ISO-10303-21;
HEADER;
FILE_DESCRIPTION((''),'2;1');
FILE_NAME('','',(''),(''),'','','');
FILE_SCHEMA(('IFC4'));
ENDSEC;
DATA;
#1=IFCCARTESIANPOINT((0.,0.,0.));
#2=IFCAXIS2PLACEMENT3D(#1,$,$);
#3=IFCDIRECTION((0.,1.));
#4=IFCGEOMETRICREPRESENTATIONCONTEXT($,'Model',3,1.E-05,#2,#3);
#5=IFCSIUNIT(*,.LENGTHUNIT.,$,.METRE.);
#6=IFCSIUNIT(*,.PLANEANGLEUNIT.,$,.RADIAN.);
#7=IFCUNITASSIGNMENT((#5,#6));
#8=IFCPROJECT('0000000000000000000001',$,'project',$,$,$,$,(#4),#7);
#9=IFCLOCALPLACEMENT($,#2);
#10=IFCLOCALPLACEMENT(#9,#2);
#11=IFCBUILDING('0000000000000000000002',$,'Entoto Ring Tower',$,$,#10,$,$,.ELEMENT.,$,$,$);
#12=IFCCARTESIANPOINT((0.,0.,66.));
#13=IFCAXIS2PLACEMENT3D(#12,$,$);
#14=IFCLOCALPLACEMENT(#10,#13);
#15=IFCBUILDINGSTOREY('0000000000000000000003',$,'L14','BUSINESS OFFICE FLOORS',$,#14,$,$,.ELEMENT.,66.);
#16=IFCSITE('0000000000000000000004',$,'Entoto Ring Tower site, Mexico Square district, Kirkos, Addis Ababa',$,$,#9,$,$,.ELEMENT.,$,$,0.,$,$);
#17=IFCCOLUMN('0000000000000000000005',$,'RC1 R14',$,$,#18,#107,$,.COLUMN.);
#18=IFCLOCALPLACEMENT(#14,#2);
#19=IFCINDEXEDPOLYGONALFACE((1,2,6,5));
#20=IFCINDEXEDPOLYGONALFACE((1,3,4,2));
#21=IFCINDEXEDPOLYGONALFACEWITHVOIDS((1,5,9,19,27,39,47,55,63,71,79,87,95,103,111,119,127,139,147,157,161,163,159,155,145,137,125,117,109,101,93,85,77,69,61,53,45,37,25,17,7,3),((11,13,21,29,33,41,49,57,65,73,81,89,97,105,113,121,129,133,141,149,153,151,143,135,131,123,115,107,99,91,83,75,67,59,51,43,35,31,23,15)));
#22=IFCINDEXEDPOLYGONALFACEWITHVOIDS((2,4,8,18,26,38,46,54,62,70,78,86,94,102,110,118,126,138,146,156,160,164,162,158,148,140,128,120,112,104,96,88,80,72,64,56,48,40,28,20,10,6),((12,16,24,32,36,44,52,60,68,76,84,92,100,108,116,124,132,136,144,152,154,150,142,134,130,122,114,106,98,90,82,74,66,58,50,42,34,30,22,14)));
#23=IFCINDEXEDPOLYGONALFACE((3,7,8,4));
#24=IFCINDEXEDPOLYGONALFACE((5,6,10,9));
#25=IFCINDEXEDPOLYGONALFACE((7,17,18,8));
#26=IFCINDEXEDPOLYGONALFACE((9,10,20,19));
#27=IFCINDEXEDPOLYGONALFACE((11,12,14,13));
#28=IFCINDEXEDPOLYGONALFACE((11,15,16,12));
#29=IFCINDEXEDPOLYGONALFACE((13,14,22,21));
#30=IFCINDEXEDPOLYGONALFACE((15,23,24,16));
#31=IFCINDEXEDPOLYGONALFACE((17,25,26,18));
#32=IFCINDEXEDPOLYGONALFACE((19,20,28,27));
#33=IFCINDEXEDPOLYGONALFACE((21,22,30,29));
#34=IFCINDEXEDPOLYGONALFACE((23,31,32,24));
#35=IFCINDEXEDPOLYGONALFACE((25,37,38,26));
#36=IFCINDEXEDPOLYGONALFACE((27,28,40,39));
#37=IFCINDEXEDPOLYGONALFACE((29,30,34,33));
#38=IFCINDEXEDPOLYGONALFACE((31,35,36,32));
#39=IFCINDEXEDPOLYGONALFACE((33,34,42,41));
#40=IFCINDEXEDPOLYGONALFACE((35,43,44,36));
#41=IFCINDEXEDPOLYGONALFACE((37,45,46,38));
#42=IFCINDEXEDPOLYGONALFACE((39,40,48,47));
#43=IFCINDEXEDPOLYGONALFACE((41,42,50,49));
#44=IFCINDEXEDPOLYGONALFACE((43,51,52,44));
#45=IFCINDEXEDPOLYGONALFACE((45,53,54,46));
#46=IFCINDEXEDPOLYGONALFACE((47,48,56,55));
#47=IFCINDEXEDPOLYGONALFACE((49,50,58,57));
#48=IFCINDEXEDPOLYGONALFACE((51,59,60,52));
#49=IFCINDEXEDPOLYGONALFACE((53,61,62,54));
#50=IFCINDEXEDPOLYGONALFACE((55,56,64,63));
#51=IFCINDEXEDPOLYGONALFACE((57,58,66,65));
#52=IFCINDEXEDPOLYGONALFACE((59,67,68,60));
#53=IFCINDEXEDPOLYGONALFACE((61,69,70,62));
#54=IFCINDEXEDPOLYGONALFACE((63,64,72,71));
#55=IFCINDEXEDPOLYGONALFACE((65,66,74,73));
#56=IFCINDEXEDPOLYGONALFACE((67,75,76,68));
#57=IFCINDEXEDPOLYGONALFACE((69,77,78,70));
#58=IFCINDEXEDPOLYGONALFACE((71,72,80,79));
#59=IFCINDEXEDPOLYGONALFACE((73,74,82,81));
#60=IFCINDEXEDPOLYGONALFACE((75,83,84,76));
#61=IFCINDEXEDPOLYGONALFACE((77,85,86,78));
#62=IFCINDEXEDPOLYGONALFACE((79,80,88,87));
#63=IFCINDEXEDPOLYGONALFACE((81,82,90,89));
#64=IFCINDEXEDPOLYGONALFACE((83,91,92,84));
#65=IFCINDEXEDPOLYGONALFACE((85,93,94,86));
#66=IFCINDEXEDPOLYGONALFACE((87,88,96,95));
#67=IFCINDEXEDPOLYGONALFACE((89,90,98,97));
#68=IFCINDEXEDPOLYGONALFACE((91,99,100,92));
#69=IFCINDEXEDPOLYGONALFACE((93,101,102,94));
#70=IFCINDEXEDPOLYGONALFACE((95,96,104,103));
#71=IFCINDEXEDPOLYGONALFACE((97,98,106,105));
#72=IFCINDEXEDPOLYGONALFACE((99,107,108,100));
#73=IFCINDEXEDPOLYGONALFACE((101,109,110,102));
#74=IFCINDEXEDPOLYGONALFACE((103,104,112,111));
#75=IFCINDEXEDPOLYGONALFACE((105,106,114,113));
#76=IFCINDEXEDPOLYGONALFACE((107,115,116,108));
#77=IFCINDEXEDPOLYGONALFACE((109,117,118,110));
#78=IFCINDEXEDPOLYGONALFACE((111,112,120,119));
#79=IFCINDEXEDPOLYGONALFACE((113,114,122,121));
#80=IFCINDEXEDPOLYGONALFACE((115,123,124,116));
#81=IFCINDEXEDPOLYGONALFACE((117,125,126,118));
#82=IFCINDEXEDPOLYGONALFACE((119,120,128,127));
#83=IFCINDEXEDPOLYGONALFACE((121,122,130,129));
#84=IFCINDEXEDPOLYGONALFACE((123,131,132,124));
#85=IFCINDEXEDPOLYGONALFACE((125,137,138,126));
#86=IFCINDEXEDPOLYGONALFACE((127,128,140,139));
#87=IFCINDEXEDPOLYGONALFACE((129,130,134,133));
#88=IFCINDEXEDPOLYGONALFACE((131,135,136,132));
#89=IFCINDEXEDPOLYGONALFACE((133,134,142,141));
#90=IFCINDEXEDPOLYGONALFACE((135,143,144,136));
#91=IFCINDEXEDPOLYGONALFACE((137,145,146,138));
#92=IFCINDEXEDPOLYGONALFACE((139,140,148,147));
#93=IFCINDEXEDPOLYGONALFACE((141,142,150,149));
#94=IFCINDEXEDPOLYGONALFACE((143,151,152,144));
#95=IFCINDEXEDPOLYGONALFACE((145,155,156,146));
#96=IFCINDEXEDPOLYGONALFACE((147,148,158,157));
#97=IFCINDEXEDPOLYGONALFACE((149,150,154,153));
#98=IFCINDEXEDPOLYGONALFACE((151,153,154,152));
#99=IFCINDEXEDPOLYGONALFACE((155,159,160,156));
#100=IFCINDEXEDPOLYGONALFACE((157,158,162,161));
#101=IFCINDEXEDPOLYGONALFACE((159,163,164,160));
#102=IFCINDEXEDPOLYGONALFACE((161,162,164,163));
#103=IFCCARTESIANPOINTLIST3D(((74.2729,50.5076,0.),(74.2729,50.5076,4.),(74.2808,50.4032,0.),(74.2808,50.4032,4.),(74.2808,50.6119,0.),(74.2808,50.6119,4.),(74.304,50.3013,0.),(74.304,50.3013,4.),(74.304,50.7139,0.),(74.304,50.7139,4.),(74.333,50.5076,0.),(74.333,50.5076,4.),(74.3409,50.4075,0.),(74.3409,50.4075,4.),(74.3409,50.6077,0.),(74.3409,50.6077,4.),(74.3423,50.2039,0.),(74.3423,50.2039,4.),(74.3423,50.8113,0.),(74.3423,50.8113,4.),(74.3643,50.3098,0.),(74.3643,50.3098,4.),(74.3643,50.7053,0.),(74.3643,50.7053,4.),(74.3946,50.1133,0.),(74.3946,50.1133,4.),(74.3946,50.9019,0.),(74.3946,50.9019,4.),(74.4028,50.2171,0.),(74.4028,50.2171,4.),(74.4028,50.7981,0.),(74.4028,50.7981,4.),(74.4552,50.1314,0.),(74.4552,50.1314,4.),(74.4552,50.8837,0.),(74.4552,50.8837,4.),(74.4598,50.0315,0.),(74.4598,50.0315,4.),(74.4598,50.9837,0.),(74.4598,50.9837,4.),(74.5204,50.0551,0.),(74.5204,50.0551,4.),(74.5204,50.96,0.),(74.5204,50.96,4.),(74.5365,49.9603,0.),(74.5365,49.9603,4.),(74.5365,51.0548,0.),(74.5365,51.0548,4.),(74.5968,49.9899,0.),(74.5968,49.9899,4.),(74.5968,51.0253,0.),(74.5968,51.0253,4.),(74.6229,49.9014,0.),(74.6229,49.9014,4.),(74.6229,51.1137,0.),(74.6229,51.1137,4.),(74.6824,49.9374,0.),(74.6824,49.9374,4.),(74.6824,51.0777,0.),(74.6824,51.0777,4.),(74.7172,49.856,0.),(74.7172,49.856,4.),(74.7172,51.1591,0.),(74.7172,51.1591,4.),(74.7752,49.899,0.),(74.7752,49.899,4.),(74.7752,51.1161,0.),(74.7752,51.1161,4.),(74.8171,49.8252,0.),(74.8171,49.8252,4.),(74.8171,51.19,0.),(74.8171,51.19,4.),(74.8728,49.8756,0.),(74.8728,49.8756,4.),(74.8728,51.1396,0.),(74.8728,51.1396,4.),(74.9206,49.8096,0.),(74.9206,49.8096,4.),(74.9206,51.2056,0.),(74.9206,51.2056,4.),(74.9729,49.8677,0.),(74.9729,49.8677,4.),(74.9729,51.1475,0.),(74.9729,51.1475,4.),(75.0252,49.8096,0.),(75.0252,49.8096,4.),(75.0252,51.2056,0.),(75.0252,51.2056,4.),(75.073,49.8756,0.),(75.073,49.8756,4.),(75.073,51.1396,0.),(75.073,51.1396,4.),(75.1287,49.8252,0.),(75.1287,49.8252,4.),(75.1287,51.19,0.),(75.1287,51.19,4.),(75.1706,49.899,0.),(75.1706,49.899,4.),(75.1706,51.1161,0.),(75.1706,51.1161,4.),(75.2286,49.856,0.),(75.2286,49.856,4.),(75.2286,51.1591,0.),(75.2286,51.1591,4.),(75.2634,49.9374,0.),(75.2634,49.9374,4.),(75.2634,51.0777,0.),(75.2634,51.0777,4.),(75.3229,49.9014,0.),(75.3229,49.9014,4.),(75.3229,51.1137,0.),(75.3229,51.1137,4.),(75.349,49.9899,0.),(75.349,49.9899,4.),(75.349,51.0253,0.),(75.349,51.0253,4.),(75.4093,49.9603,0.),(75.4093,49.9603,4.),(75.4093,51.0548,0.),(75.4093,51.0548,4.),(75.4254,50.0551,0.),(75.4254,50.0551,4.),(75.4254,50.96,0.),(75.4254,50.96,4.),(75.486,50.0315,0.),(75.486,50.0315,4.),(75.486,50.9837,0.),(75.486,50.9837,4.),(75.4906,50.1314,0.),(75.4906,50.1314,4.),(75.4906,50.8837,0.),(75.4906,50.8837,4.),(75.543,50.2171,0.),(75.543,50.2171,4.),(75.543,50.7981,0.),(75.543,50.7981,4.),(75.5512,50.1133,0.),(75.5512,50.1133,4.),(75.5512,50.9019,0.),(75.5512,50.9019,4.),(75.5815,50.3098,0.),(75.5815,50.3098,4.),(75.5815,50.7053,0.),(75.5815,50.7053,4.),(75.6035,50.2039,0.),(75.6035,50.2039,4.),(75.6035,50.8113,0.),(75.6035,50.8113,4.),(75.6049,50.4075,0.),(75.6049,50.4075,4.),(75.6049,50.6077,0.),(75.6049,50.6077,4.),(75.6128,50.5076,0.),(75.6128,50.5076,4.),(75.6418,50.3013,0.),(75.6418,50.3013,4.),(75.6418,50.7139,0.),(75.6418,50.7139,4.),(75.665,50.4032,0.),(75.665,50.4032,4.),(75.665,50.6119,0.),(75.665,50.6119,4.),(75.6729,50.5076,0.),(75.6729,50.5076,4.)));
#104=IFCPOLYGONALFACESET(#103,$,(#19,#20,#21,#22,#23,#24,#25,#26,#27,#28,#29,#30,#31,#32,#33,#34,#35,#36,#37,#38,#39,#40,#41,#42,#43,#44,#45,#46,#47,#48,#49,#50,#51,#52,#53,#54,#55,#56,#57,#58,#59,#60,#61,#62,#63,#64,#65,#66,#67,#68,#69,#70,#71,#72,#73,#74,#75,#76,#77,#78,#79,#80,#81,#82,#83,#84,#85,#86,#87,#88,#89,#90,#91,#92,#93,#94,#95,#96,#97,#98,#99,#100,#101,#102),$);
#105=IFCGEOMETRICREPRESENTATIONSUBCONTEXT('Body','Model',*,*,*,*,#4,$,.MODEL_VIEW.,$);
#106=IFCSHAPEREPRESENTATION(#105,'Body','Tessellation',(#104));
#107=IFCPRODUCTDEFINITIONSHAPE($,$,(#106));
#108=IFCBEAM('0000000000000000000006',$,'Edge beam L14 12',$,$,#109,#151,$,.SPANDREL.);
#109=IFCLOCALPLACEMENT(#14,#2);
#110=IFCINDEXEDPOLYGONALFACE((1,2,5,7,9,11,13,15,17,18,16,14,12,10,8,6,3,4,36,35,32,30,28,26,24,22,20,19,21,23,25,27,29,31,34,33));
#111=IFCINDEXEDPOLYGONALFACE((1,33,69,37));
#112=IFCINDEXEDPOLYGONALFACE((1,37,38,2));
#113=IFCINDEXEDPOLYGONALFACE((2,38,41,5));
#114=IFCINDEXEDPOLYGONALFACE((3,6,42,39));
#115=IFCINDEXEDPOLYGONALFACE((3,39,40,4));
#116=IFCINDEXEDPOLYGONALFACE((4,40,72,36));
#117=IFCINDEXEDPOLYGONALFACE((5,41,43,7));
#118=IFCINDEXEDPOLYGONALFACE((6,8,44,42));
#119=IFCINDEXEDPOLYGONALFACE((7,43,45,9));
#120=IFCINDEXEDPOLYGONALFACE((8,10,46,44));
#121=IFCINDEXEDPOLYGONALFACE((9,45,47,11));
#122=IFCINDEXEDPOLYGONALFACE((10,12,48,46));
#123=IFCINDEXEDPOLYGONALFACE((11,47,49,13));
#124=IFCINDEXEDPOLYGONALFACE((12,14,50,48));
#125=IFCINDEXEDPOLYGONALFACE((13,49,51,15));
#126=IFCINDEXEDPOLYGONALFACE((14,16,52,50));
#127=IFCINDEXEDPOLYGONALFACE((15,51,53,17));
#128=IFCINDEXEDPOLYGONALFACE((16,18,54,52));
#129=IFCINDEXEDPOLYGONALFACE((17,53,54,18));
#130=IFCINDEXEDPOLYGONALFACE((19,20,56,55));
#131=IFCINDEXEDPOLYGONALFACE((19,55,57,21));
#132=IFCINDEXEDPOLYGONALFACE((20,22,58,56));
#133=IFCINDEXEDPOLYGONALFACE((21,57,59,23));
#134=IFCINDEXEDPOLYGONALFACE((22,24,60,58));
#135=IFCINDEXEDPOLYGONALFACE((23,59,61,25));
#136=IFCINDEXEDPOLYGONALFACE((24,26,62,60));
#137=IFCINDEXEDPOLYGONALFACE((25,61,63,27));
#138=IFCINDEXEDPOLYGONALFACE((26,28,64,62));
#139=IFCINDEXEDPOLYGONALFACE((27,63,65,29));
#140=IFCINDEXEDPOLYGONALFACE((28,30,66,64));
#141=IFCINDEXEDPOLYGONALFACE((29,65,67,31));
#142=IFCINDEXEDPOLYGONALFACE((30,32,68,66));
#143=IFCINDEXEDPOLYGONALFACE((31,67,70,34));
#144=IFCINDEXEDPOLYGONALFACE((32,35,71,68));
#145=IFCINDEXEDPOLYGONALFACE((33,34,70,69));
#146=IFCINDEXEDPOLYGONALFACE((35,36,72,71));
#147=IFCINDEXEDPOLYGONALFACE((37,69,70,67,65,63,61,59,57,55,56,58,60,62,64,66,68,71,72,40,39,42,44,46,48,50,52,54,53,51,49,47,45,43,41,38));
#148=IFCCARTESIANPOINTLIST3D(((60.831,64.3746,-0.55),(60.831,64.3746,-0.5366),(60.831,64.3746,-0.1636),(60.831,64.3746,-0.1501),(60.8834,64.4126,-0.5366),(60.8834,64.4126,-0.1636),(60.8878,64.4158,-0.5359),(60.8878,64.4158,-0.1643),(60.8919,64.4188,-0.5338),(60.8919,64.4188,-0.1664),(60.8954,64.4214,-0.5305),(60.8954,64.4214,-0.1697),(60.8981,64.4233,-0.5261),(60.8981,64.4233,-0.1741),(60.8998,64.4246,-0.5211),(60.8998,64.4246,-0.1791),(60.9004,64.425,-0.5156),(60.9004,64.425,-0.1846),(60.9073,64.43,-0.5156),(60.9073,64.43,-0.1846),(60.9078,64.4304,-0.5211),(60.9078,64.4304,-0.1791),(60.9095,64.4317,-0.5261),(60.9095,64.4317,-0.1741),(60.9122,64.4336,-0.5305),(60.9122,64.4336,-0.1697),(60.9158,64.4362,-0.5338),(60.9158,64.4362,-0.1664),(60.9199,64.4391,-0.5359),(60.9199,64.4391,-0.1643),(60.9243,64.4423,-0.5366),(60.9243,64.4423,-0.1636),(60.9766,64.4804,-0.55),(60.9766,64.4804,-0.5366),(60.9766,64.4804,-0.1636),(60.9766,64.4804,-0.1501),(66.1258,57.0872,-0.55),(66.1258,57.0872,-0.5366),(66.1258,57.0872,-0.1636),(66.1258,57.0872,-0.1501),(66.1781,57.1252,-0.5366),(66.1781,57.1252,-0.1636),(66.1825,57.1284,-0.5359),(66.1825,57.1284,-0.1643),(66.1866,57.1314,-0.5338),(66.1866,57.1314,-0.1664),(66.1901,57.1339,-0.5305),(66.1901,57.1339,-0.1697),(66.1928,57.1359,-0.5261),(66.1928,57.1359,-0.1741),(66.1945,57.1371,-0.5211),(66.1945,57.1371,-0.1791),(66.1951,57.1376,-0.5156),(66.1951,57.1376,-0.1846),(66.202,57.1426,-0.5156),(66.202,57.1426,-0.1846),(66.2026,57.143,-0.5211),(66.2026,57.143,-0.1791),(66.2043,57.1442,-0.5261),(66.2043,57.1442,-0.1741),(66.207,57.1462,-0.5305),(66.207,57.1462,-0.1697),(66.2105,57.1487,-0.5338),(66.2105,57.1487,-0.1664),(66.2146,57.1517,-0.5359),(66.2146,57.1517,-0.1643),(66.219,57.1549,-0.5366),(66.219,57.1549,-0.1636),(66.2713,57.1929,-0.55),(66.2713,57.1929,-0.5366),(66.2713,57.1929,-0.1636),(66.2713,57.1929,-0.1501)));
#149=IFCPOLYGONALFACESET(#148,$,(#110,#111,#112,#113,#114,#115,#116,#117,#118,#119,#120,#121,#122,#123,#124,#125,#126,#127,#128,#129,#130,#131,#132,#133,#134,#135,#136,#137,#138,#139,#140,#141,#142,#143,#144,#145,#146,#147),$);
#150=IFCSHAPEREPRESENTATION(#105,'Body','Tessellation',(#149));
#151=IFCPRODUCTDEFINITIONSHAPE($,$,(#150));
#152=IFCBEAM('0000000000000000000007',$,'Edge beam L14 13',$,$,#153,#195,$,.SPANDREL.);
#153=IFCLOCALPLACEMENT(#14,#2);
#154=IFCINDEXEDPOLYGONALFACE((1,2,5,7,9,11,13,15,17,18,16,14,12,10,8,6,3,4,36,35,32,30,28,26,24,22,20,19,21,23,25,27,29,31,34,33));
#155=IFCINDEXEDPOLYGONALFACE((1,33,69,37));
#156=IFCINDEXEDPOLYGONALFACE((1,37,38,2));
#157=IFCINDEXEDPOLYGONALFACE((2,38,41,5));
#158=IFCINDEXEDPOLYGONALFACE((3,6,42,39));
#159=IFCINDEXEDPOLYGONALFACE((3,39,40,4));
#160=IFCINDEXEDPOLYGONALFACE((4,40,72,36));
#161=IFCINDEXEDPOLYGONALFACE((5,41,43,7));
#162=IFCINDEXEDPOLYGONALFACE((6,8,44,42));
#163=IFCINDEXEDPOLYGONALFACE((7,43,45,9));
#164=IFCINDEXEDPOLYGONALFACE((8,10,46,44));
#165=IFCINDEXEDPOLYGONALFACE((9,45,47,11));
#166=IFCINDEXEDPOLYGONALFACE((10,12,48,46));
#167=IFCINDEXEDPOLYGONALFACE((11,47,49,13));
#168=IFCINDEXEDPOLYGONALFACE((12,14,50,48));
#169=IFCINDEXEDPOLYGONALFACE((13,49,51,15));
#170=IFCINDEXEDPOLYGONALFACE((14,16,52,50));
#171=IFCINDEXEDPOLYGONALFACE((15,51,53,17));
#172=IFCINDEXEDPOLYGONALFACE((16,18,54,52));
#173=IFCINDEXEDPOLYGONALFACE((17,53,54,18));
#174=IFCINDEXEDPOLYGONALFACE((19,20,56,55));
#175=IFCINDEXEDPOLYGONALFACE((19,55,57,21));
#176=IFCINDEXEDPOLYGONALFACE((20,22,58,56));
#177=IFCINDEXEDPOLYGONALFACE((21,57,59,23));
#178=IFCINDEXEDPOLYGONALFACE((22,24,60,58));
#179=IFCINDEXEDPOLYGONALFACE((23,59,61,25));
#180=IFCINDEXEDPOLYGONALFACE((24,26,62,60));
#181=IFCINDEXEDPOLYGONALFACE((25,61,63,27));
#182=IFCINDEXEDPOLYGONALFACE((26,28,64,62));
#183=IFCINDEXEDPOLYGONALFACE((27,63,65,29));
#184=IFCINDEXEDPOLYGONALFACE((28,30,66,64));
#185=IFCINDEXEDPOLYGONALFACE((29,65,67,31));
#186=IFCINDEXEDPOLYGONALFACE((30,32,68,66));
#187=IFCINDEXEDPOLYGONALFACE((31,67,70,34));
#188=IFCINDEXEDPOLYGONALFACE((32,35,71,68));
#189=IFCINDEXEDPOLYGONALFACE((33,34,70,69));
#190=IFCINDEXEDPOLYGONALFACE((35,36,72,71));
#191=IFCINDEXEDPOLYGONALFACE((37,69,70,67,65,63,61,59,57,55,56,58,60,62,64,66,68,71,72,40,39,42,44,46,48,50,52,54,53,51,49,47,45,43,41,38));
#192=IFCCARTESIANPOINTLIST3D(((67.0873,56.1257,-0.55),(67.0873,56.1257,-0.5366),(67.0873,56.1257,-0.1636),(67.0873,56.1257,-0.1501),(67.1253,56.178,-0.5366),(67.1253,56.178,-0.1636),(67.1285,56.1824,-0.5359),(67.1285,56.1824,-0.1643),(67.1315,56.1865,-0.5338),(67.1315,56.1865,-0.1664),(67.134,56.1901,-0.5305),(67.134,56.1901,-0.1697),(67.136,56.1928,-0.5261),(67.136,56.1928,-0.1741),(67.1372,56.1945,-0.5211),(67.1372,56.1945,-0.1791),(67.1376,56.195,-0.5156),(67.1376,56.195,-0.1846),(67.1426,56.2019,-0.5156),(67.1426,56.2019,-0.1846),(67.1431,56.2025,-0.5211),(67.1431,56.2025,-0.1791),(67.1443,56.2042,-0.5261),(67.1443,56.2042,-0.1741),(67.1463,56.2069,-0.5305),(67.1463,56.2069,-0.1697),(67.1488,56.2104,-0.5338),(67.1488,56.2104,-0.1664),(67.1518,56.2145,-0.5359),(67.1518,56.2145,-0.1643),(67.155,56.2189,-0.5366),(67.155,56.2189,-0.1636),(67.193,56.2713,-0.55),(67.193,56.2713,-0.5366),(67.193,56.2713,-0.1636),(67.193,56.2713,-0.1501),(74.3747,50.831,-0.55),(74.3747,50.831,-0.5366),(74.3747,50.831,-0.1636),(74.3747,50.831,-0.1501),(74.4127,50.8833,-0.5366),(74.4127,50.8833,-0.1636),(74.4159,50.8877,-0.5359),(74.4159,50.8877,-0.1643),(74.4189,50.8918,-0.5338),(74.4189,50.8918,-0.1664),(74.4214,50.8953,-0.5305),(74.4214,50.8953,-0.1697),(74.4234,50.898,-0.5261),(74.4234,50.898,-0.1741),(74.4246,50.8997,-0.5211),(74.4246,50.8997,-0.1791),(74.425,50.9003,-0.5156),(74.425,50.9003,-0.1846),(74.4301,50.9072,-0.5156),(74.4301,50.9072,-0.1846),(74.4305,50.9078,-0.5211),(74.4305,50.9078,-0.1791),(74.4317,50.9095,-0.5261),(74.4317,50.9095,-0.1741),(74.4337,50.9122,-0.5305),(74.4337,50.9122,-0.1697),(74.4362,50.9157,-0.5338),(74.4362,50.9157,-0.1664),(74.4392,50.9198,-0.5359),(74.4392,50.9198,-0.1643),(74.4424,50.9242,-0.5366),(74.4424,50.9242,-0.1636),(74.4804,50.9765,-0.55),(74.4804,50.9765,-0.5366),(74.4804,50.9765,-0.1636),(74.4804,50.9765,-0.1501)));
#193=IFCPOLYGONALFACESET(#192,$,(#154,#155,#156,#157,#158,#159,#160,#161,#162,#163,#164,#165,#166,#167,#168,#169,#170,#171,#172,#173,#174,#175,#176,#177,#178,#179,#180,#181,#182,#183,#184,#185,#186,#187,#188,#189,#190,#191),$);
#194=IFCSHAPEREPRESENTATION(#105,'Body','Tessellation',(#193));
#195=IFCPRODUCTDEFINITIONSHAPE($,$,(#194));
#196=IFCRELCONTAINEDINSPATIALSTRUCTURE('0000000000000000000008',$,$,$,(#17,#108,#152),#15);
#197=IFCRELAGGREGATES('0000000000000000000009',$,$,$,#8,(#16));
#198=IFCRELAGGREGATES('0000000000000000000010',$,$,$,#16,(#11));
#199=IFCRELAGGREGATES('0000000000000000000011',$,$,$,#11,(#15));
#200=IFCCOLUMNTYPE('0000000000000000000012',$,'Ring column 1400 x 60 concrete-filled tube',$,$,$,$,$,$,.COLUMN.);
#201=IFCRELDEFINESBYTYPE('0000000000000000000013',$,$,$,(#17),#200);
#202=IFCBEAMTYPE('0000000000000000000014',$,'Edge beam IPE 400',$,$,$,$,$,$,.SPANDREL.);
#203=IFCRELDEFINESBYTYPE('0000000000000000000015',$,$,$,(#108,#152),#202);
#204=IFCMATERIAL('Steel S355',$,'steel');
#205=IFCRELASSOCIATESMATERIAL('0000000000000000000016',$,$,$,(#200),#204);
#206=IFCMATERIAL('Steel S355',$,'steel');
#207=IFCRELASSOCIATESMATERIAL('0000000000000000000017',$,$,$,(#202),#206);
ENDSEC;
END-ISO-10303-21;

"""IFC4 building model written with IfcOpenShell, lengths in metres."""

from ifc_helpers import new_model, si_unit, direction, frame, origin, origin_2d, place, context, subcontext, project, spatial, circle, hollow_circle, i_section, extrude, material, material_profile, profile_set, type_object, element, save


model = new_model("IFC4")

# Units and contexts
model_context = context("Model", 3, precision=1e-05, world=origin(), true_north=direction((0.0, 1.0)))
body_context = subcontext(model_context, "Body", "Model", "MODEL_VIEW")
ifc_project = project(units=[si_unit("LENGTHUNIT", "METRE"), si_unit("PLANEANGLEUNIT", "RADIAN")], contexts=[model_context])

# Site, building, storey
site_placement = place(None, origin())
site = spatial("IfcSite", under=ifc_project, at=site_placement, Name="Entoto Ring Tower site, Mexico Square district, Kirkos, Addis Ababa", CompositionType="ELEMENT", RefElevation=0.0)
building_placement = place(site_placement, origin())
building = spatial("IfcBuilding", under=site, at=building_placement, Name="Entoto Ring Tower", CompositionType="ELEMENT")
storey_placement = place(building_placement, frame((0.0, 0.0, 66.0)))
storey = spatial("IfcBuildingStorey", under=building, at=storey_placement, Name="L14", Description="BUSINESS OFFICE FLOORS", CompositionType="ELEMENT", Elevation=66.0)

# Column
ifc_material_1 = material(Name="Steel S355", Category="steel")
ifc_material_profile_1 = material_profile(ifc_material_1, hollow_circle(Radius=0.7, WallThickness=0.0601, at=origin_2d()), Name="CHS 1400 x 60")
ifc_material_2 = material(Name="Concrete C60/75", Category="concrete")
ifc_material_profile_2 = material_profile(ifc_material_2, circle(Radius=0.6399, at=origin_2d()), Name="Concrete C60/75 infill")
ifc_profile_set_1 = profile_set([ifc_material_profile_1, ifc_material_profile_2], Name="Steel S355")
column_type = type_object("IfcColumnType", Name="Ring column 1400 x 60 concrete-filled tube", PredefinedType="COLUMN", material=ifc_profile_set_1)
for number, where, z_axis, x_axis, name in (
    (1, (74.9729, 50.5076, 0.0), (0.0, 0.0, 1.0), (1.0, 0.0, 0.0), "RC1 R14"),
):
    element("IfcColumn", number, at=place(storey_placement, frame(where, z_axis=z_axis, x_axis=x_axis)), inside=storey, type_object=column_type, Name=name, PredefinedType="COLUMN", context=body_context, shape_type="SweptSolid", body=[
        extrude(hollow_circle(Radius=0.7, WallThickness=0.0601, at=origin_2d()), origin(), (0.0, 0.0, 1.0), 4.0),
    ])

# Beams
ifc_material_3 = material(Name="Steel S355", Category="steel")
ifc_material_profile_3 = material_profile(ifc_material_3, i_section(OverallWidth=0.1799, OverallDepth=0.3999, WebThickness=0.0085, FlangeThickness=0.0134, FilletRadius=0.021, at=origin_2d()), Name="IPE 400")
ifc_profile_set_2 = profile_set([ifc_material_profile_3], Name="Steel S355")
beam_type_1 = type_object("IfcBeamType", Name="Edge beam IPE 400", PredefinedType="SPANDREL", material=ifc_profile_set_2)
for number, where, z_axis, x_axis, name in (
    (2, (60.9038, 64.4275, -0.3501), (0.587793, -0.809011, 0.0), (0.809011, 0.587793, 0.0), "Edge beam L14 12"),
    (3, (67.1401, 56.1985, -0.3501), (0.809011, -0.587793, 0.0), (0.587793, 0.809011, 0.0), "Edge beam L14 13"),
):
    element("IfcBeam", number, at=place(storey_placement, frame(where, z_axis=z_axis, x_axis=x_axis)), inside=storey, type_object=beam_type_1, Name=name, PredefinedType="SPANDREL", context=body_context, shape_type="SweptSolid", body=[
        extrude(i_section(OverallWidth=0.1799, OverallDepth=0.3999, WebThickness=0.0085, FlangeThickness=0.0134, FilletRadius=0.021, at=origin_2d()), origin(), (0.0, 0.0, 1.0), 9.0078),
    ])

save(model, "model.ifc")
